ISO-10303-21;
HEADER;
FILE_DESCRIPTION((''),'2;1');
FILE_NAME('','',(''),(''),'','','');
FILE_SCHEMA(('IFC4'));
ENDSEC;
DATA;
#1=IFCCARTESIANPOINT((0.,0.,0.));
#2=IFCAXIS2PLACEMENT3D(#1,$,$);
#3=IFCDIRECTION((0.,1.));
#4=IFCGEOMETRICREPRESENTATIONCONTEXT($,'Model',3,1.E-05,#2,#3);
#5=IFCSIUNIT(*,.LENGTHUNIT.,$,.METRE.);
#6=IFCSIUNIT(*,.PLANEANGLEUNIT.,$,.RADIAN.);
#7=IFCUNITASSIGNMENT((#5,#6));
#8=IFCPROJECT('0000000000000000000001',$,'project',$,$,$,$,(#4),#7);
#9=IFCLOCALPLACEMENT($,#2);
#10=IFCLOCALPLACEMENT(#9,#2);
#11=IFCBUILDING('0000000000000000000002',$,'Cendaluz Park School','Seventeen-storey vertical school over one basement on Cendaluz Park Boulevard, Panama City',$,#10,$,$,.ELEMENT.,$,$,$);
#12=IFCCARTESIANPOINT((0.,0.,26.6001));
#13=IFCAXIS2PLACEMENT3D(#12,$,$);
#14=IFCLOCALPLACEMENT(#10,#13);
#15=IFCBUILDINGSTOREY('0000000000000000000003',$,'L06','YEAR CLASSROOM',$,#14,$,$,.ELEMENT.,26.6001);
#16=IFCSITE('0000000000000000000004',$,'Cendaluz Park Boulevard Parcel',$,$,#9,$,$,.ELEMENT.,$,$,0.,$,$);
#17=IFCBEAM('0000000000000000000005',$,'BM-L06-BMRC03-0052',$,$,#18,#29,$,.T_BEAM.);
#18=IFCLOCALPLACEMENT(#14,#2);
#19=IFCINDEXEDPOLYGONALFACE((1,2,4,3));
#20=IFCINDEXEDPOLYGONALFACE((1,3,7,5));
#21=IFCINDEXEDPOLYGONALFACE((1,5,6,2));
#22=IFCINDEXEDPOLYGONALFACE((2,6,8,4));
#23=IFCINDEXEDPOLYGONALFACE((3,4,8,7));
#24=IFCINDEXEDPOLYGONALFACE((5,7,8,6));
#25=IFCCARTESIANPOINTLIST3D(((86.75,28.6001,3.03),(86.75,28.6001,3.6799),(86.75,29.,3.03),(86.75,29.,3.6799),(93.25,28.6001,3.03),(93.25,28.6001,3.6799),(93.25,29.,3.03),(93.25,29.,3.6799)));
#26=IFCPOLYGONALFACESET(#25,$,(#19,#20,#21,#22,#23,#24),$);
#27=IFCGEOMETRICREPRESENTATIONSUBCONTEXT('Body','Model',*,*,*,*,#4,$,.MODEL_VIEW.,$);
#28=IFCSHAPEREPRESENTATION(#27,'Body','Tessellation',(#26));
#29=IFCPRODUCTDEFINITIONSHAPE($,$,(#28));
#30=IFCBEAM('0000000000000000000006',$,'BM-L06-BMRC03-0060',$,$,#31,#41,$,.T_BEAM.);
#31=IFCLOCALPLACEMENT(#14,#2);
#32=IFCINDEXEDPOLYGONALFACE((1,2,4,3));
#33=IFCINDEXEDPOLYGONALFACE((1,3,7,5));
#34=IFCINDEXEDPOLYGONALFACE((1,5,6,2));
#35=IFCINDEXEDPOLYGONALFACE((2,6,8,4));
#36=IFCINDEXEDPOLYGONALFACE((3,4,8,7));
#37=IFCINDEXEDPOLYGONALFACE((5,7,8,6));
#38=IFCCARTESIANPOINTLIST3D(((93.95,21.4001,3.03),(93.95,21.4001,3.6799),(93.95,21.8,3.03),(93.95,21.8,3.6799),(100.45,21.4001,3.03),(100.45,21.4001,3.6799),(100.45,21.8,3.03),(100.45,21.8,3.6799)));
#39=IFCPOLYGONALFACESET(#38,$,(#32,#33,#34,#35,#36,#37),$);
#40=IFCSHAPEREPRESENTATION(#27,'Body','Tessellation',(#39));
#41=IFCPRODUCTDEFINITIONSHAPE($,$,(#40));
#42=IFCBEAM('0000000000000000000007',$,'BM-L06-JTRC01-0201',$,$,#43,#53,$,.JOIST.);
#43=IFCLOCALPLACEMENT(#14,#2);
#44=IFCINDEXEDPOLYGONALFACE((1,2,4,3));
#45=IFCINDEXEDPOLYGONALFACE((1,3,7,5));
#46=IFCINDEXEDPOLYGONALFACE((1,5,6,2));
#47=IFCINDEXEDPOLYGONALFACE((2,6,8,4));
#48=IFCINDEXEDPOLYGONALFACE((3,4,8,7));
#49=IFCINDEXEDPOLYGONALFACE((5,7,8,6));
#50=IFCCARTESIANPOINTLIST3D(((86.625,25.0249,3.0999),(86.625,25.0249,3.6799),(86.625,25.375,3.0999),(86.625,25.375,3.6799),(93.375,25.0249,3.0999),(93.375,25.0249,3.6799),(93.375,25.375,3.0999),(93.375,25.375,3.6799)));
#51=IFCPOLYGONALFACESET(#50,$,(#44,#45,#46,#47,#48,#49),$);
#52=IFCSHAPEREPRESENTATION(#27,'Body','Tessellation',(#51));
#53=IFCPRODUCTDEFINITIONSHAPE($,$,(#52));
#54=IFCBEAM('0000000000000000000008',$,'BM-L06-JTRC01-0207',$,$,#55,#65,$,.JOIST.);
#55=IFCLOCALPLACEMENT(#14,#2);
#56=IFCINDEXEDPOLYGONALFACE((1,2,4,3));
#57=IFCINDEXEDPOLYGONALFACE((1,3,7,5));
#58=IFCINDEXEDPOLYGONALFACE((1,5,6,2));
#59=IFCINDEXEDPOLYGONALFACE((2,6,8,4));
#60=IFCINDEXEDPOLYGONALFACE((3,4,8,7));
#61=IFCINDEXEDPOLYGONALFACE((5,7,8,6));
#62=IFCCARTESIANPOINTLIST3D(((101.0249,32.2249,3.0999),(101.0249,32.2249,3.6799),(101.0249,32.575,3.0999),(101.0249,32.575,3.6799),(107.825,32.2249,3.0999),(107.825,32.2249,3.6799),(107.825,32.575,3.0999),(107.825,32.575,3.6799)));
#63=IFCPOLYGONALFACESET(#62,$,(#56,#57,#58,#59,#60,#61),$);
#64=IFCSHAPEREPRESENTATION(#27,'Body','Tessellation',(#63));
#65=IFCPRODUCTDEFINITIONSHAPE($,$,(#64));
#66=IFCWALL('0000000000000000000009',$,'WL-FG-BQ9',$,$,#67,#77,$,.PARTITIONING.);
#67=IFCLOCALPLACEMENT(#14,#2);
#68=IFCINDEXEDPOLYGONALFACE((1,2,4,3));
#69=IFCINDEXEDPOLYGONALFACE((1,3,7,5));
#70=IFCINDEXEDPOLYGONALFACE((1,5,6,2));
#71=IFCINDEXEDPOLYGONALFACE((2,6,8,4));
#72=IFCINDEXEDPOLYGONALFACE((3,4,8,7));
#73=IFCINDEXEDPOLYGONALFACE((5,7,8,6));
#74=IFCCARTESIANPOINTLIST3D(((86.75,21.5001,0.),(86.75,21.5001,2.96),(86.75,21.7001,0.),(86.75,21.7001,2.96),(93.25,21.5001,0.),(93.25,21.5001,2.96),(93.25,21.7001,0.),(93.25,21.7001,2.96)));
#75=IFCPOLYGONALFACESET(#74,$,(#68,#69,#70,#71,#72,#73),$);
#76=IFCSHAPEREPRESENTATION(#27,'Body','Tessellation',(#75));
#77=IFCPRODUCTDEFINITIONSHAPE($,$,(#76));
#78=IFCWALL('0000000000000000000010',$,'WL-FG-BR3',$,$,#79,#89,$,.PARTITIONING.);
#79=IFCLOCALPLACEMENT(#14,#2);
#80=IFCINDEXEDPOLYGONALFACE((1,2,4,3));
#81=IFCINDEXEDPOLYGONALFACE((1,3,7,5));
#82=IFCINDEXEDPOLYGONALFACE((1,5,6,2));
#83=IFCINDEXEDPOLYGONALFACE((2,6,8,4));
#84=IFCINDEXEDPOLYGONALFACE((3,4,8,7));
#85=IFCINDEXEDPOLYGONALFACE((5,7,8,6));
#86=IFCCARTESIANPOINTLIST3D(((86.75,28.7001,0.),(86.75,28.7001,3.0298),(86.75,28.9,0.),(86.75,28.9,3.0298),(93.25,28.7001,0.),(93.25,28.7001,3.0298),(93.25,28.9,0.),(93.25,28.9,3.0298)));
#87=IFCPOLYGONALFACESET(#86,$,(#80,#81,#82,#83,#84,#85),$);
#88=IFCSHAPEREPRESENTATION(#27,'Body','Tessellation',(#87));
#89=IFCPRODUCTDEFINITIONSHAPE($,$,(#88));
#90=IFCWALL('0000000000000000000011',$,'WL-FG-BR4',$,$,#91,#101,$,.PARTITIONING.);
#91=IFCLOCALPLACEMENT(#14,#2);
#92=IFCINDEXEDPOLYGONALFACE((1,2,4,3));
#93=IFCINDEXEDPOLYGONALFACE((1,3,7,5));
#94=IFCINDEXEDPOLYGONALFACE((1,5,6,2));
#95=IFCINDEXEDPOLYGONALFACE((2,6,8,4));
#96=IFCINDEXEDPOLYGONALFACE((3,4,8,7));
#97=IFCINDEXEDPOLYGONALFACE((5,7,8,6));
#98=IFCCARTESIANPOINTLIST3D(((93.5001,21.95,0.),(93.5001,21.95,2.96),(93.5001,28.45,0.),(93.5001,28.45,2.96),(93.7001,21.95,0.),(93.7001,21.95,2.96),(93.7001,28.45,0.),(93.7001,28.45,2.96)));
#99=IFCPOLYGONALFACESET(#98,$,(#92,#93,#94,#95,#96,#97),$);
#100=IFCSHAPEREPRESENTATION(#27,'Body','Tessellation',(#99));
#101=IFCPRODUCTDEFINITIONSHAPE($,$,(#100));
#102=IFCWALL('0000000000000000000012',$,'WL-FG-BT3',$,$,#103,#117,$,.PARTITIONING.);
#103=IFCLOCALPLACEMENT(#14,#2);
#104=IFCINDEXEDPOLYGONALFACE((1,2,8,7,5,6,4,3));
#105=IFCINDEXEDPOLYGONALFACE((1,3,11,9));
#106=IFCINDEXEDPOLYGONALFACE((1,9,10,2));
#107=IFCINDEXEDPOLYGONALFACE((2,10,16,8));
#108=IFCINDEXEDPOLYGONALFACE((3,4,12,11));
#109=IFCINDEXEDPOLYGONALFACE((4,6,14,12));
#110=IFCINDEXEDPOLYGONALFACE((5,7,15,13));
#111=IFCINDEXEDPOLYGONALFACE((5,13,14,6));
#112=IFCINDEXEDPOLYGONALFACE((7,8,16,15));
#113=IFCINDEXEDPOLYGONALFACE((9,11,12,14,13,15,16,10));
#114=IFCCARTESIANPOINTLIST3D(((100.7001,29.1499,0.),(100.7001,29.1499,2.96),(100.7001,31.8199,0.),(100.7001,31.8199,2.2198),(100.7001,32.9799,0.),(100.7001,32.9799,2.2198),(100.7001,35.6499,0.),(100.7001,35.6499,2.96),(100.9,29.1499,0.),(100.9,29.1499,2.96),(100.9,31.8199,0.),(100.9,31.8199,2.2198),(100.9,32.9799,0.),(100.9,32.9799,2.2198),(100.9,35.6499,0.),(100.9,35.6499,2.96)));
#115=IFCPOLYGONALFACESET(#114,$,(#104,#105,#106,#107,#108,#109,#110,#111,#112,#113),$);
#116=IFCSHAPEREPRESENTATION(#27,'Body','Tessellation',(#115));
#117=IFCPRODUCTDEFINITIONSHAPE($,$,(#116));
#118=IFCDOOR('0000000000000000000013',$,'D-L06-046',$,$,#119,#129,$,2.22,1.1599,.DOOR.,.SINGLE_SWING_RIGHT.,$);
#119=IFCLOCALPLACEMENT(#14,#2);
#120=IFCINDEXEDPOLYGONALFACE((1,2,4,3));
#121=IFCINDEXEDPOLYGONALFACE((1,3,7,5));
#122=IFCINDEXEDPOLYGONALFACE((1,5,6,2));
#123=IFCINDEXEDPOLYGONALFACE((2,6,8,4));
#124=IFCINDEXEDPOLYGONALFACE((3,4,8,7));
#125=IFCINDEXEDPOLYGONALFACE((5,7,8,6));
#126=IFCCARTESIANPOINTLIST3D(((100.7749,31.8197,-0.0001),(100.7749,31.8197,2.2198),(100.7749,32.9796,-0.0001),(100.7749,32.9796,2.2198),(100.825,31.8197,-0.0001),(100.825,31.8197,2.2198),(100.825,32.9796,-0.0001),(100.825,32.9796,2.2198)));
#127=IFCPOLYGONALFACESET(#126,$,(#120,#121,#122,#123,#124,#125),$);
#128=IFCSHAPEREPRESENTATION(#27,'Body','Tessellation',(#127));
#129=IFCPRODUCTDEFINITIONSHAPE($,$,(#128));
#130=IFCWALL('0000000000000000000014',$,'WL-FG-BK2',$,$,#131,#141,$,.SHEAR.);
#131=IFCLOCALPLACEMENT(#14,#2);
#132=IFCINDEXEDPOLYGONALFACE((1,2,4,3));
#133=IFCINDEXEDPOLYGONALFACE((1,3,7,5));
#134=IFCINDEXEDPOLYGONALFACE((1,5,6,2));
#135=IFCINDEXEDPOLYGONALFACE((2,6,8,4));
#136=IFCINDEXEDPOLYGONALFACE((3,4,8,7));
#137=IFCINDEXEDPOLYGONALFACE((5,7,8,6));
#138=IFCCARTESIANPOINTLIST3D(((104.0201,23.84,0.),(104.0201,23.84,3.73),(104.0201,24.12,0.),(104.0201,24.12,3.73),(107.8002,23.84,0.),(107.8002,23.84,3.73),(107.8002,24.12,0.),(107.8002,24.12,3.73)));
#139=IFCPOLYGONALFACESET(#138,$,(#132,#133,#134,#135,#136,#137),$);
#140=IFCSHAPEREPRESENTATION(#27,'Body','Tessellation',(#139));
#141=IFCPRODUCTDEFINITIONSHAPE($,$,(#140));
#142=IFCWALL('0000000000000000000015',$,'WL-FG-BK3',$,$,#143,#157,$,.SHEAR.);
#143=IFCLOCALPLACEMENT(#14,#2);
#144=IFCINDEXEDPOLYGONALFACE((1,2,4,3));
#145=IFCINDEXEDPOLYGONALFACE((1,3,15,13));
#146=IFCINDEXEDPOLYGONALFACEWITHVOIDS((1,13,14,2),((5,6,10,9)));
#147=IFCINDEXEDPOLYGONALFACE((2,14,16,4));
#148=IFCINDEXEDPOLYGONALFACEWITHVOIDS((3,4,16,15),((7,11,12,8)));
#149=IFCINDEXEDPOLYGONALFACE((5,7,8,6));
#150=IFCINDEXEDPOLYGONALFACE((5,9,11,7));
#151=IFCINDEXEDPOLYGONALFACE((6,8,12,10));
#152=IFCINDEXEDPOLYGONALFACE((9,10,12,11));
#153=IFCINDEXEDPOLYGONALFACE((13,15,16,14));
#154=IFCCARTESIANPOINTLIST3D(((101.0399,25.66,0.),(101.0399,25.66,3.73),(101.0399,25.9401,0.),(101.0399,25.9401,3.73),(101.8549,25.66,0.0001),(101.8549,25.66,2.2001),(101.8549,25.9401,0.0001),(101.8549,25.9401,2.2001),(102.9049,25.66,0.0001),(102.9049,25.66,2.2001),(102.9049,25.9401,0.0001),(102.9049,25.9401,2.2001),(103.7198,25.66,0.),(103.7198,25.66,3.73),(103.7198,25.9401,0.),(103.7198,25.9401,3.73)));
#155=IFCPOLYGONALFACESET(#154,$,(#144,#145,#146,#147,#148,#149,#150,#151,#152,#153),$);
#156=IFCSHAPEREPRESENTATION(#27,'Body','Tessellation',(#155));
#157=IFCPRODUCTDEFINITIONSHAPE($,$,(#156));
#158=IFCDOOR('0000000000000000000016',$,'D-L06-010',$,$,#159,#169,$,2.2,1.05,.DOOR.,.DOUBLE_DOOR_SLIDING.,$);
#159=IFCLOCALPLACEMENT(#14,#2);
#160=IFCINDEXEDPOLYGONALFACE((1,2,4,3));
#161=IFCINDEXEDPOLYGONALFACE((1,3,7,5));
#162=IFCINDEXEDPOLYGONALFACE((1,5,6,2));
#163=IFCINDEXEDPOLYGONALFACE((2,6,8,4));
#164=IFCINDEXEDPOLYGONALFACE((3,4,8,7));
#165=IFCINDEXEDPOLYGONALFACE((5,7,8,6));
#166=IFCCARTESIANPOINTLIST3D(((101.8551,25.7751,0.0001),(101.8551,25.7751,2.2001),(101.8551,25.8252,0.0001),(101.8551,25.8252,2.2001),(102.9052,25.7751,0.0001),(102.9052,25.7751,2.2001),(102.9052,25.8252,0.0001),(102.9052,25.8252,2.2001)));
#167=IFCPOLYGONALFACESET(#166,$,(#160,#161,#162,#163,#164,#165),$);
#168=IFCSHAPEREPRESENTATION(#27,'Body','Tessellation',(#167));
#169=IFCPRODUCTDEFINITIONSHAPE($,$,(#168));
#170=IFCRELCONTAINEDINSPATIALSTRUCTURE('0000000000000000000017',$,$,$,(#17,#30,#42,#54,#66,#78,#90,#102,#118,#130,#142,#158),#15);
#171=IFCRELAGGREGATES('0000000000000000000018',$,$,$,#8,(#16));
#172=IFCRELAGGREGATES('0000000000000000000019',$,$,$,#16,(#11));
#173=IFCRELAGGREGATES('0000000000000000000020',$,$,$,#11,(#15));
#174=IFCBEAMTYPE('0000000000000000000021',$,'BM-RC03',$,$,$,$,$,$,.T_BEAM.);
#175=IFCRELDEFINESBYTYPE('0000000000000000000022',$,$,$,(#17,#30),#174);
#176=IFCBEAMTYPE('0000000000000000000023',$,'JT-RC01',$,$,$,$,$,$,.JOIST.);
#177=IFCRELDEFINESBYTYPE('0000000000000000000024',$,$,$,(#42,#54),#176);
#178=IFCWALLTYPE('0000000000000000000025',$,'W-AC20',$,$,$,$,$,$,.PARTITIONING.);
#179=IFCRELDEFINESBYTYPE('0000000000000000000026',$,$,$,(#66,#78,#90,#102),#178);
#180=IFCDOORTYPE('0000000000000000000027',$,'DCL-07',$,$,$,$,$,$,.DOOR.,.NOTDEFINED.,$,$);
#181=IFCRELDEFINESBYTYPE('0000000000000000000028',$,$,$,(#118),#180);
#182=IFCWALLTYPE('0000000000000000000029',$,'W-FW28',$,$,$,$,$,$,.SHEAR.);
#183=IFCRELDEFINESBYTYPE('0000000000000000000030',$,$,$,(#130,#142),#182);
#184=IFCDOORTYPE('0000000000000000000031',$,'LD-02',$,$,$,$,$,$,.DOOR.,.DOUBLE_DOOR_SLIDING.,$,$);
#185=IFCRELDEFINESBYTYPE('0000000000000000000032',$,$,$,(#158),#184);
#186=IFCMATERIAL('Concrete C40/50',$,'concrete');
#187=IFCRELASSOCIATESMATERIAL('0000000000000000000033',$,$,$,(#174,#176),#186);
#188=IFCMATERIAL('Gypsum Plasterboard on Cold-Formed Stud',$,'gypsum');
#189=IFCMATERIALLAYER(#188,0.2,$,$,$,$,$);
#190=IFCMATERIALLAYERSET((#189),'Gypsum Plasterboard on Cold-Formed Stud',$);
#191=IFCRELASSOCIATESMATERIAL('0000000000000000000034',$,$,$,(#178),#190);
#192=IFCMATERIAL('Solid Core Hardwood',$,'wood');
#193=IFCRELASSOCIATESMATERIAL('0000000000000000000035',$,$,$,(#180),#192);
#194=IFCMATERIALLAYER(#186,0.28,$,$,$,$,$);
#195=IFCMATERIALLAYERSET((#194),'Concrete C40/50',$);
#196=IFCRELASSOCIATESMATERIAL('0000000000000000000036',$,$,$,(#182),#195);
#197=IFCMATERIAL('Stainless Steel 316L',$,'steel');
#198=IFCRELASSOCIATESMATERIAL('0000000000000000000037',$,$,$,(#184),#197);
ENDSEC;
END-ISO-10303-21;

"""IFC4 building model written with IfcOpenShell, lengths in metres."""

from ifc_helpers import new_model, si_unit, direction, frame, frame_2d, origin, origin_2d, place, context, subcontext, project, spatial, rectangle, extrude, material, layer, layer_set, material_profile, profile_set, type_object, element, fill, save


model = new_model("IFC4")

# Units and contexts
model_context = context("Model", 3, precision=1e-05, world=origin(), true_north=direction((0.0, 1.0)))
body_context = subcontext(model_context, "Body", "Model", "MODEL_VIEW")
ifc_project = project(units=[si_unit("LENGTHUNIT", "METRE"), si_unit("PLANEANGLEUNIT", "RADIAN")], contexts=[model_context])

# Site, building, storey
site_placement = place(None, origin())
site = spatial("IfcSite", under=ifc_project, at=site_placement, Name="Cendaluz Park Boulevard Parcel", CompositionType="ELEMENT", RefElevation=0.0)
building_placement = place(site_placement, origin())
building = spatial("IfcBuilding", under=site, at=building_placement, Name="Cendaluz Park School", Description="Seventeen-storey vertical school over one basement on Cendaluz Park Boulevard, Panama City", CompositionType="ELEMENT")
storey_placement = place(building_placement, frame((0.0, 0.0, 26.6001)))
storey = spatial("IfcBuildingStorey", under=building, at=storey_placement, Name="L06", Description="YEAR CLASSROOM", CompositionType="ELEMENT", Elevation=26.6001)

# Shared definitions
ifc_material_1 = material(Name="Concrete C40/50", Category="concrete")

# Beams
ifc_material_profile_1 = material_profile(ifc_material_1, rectangle(XDim=0.3999, YDim=0.6499, at=origin_2d()), Name="RC 400x650", Category="concrete")
ifc_profile_set_1 = profile_set([ifc_material_profile_1], Name="Concrete C40/50")
beam_type_1 = type_object("IfcBeamType", Name="BM-RC03", PredefinedType="T_BEAM", material=ifc_profile_set_1)
for number, where, z_axis, x_axis, name in (
    (1, (86.75, 28.8, 3.355), (1.0, 0.0, 0.0), (0.0, 1.0, 0.0), "BM-L06-BMRC03-0052"),
    (2, (93.95, 21.6001, 3.355), (1.0, 0.0, 0.0), (0.0, 1.0, 0.0), "BM-L06-BMRC03-0060"),
):
    element("IfcBeam", number, at=place(storey_placement, frame(where, z_axis=z_axis, x_axis=x_axis)), inside=storey, type_object=beam_type_1, Name=name, PredefinedType="T_BEAM", context=body_context, shape_type="SweptSolid", body=[
        extrude(rectangle(XDim=0.3999, YDim=0.6499, at=origin_2d()), origin(), (0.0, 0.0, 1.0), 6.5),
    ])
ifc_material_profile_2 = material_profile(ifc_material_1, rectangle(XDim=0.3501, YDim=0.5801, at=origin_2d()), Name="RC 350x580", Category="concrete")
ifc_profile_set_2 = profile_set([ifc_material_profile_2], Name="Concrete C40/50")
beam_type_2 = type_object("IfcBeamType", Name="JT-RC01", PredefinedType="JOIST", material=ifc_profile_set_2)
beam_1_placement = place(storey_placement, frame((86.625, 25.2, 3.3899), z_axis=(1.0, 0.0, 0.0), x_axis=(0.0, 1.0, 0.0)))
element("IfcBeam", 3, at=beam_1_placement, inside=storey, type_object=beam_type_2, Name="BM-L06-JTRC01-0201", PredefinedType="JOIST", context=body_context, shape_type="SweptSolid", body=[
    extrude(rectangle(XDim=0.3501, YDim=0.5801, at=origin_2d()), origin(), (0.0, 0.0, 1.0), 6.75),
])
beam_2_placement = place(storey_placement, frame((101.0249, 32.3999, 3.3899), z_axis=(1.0, 0.0, 0.0), x_axis=(0.0, 1.0, 0.0)))
element("IfcBeam", 4, at=beam_2_placement, inside=storey, type_object=beam_type_2, Name="BM-L06-JTRC01-0207", PredefinedType="JOIST", context=body_context, shape_type="SweptSolid", body=[
    extrude(rectangle(XDim=0.3501, YDim=0.5801, at=origin_2d()), origin(), (0.0, 0.0, 1.0), 6.8),
])

# Walls
ifc_material_2 = material(Name="Gypsum Plasterboard on Cold-Formed Stud", Category="gypsum")
ifc_layer_1 = layer(ifc_material_2, 0.2)
ifc_layer_set_1 = layer_set([ifc_layer_1], Name="Gypsum Plasterboard on Cold-Formed Stud")
wall_type_1 = type_object("IfcWallType", Name="W-AC20", PredefinedType="PARTITIONING", material=ifc_layer_set_1)
wall_1_placement = place(storey_placement, frame((86.75, 21.6001, 0.0), z_axis=(0.0, 0.0, 1.0), x_axis=(1.0, 0.0, 0.0)))
element("IfcWall", 5, at=wall_1_placement, inside=storey, type_object=wall_type_1, Name="WL-FG-BQ9", PredefinedType="PARTITIONING", context=body_context, shape_type="SweptSolid", body=[
    extrude(rectangle(XDim=6.5, YDim=0.2, at=frame_2d((3.25, 0.0))), origin(), (0.0, 0.0, 1.0), 2.96),
])
wall_2_placement = place(storey_placement, frame((86.75, 28.8, 0.0), z_axis=(0.0, 0.0, 1.0), x_axis=(1.0, 0.0, 0.0)))
element("IfcWall", 6, at=wall_2_placement, inside=storey, type_object=wall_type_1, Name="WL-FG-BR3", PredefinedType="PARTITIONING", context=body_context, shape_type="SweptSolid", body=[
    extrude(rectangle(XDim=6.5, YDim=0.2, at=frame_2d((3.25, 0.0))), origin(), (0.0, 0.0, 1.0), 3.0298),
])
wall_3_placement = place(storey_placement, frame((93.6001, 21.95, 0.0), z_axis=(0.0, 0.0, 1.0), x_axis=(0.0, 1.0, 0.0)))
element("IfcWall", 7, at=wall_3_placement, inside=storey, type_object=wall_type_1, Name="WL-FG-BR4", PredefinedType="PARTITIONING", context=body_context, shape_type="SweptSolid", body=[
    extrude(rectangle(XDim=6.5, YDim=0.2, at=frame_2d((3.25, 0.0))), origin(), (0.0, 0.0, 1.0), 2.96),
])

# Wall, opening, door
wall_4_placement = place(storey_placement, frame((100.8, 29.1499, 0.0), z_axis=(0.0, 0.0, 1.0), x_axis=(0.0, 1.0, 0.0)))
wall_4 = element("IfcWall", 8, at=wall_4_placement, inside=storey, type_object=wall_type_1, Name="WL-FG-BT3", PredefinedType="PARTITIONING", context=body_context, shape_type="SweptSolid", body=[
    extrude(rectangle(XDim=6.5, YDim=0.2, at=frame_2d((3.25, 0.0))), origin(), (0.0, 0.0, 1.0), 2.96),
])
opening_1_placement = place(wall_4_placement, frame((2.6699, 0.0, 0.0)))
opening_1 = element("IfcOpeningElement", 9, at=opening_1_placement, cuts=wall_4, PredefinedType="OPENING", context=body_context, shape_type="SweptSolid", body=[
    extrude(rectangle(XDim=1.1599, YDim=2.22, at=frame_2d((0.5801, 1.1099))), frame((0.0, 0.1121, 0.0), z_axis=(0.0, -1.0, 0.0), x_axis=(1.0, 0.0, 0.0)), (0.0, 0.0, 1.0), 0.2239),
])
ifc_material_3 = material(Name="Solid Core Hardwood", Category="wood")
door_type_1 = type_object("IfcDoorType", Name="DCL-07", OperationType="NOTDEFINED", PredefinedType="DOOR", material=ifc_material_3)
door_1_placement = place(opening_1_placement, frame((1.1599, 0.0, 0.0), z_axis=(0.0, 0.0, 1.0), x_axis=(-1.0, 0.0, 0.0)))
door_1 = element("IfcDoor", 10, at=door_1_placement, inside=storey, type_object=door_type_1, Name="D-L06-046", OperationType="SINGLE_SWING_RIGHT", OverallHeight=2.22, OverallWidth=1.1599, PredefinedType="DOOR", context=body_context, shape_type="SweptSolid", body=[
    extrude(rectangle(XDim=1.1599, YDim=2.22, at=frame_2d((0.5801, 1.1099))), frame((0.0, 0.0249, 0.0), z_axis=(0.0, -1.0, 0.0), x_axis=(1.0, 0.0, 0.0)), (0.0, 0.0, 1.0), 0.05),
])
fill(opening_1, door_1)

# Wall
ifc_layer_2 = layer(ifc_material_1, 0.28)
ifc_layer_set_2 = layer_set([ifc_layer_2], Name="Concrete C40/50")
wall_type_2 = type_object("IfcWallType", Name="W-FW28", PredefinedType="SHEAR", material=ifc_layer_set_2)
wall_5_placement = place(storey_placement, frame((104.02, 23.98, 0.0), z_axis=(0.0, 0.0, 1.0), x_axis=(1.0, 0.0, 0.0)))
element("IfcWall", 11, at=wall_5_placement, inside=storey, type_object=wall_type_2, Name="WL-FG-BK2", PredefinedType="SHEAR", context=body_context, shape_type="SweptSolid", body=[
    extrude(rectangle(XDim=3.78, YDim=0.28, at=frame_2d((1.8901, 0.0))), origin(), (0.0, 0.0, 1.0), 3.73),
])

# Wall, opening, door
wall_6_placement = place(storey_placement, frame((101.04, 25.8, 0.0), z_axis=(0.0, 0.0, 1.0), x_axis=(1.0, 0.0, 0.0)))
wall_6 = element("IfcWall", 12, at=wall_6_placement, inside=storey, type_object=wall_type_2, Name="WL-FG-BK3", PredefinedType="SHEAR", context=body_context, shape_type="SweptSolid", body=[
    extrude(rectangle(XDim=2.6799, YDim=0.28, at=frame_2d((1.3398, 0.0))), origin(), (0.0, 0.0, 1.0), 3.73),
])
opening_2_placement = place(wall_6_placement, frame((0.8149, 0.0, 0.0)))
opening_2 = element("IfcOpeningElement", 13, at=opening_2_placement, cuts=wall_6, PredefinedType="OPENING", context=body_context, shape_type="SweptSolid", body=[
    extrude(rectangle(XDim=1.05, YDim=2.2, at=frame_2d((0.5249, 1.1001))), frame((0.0, 0.1521, 0.0), z_axis=(0.0, -1.0, 0.0), x_axis=(1.0, 0.0, 0.0)), (0.0, 0.0, 1.0), 0.304),
])
ifc_material_4 = material(Name="Stainless Steel 316L", Category="steel")
door_type_2 = type_object("IfcDoorType", Name="LD-02", OperationType="DOUBLE_DOOR_SLIDING", PredefinedType="DOOR", material=ifc_material_4)
door_2_placement = place(opening_2_placement, frame((1.05, 0.0, 0.0), z_axis=(0.0, 0.0, 1.0), x_axis=(-1.0, 0.0, 0.0)))
door_2 = element("IfcDoor", 14, at=door_2_placement, inside=storey, type_object=door_type_2, Name="D-L06-010", OperationType="DOUBLE_DOOR_SLIDING", OverallHeight=2.2, OverallWidth=1.05, PredefinedType="DOOR", context=body_context, shape_type="SweptSolid", body=[
    extrude(rectangle(XDim=1.05, YDim=2.2, at=frame_2d((0.5249, 1.1001))), frame((0.0, 0.0249, 0.0), z_axis=(0.0, -1.0, 0.0), x_axis=(1.0, 0.0, 0.0)), (0.0, 0.0, 1.0), 0.05),
])
fill(opening_2, door_2)

save(model, "model.ifc")
